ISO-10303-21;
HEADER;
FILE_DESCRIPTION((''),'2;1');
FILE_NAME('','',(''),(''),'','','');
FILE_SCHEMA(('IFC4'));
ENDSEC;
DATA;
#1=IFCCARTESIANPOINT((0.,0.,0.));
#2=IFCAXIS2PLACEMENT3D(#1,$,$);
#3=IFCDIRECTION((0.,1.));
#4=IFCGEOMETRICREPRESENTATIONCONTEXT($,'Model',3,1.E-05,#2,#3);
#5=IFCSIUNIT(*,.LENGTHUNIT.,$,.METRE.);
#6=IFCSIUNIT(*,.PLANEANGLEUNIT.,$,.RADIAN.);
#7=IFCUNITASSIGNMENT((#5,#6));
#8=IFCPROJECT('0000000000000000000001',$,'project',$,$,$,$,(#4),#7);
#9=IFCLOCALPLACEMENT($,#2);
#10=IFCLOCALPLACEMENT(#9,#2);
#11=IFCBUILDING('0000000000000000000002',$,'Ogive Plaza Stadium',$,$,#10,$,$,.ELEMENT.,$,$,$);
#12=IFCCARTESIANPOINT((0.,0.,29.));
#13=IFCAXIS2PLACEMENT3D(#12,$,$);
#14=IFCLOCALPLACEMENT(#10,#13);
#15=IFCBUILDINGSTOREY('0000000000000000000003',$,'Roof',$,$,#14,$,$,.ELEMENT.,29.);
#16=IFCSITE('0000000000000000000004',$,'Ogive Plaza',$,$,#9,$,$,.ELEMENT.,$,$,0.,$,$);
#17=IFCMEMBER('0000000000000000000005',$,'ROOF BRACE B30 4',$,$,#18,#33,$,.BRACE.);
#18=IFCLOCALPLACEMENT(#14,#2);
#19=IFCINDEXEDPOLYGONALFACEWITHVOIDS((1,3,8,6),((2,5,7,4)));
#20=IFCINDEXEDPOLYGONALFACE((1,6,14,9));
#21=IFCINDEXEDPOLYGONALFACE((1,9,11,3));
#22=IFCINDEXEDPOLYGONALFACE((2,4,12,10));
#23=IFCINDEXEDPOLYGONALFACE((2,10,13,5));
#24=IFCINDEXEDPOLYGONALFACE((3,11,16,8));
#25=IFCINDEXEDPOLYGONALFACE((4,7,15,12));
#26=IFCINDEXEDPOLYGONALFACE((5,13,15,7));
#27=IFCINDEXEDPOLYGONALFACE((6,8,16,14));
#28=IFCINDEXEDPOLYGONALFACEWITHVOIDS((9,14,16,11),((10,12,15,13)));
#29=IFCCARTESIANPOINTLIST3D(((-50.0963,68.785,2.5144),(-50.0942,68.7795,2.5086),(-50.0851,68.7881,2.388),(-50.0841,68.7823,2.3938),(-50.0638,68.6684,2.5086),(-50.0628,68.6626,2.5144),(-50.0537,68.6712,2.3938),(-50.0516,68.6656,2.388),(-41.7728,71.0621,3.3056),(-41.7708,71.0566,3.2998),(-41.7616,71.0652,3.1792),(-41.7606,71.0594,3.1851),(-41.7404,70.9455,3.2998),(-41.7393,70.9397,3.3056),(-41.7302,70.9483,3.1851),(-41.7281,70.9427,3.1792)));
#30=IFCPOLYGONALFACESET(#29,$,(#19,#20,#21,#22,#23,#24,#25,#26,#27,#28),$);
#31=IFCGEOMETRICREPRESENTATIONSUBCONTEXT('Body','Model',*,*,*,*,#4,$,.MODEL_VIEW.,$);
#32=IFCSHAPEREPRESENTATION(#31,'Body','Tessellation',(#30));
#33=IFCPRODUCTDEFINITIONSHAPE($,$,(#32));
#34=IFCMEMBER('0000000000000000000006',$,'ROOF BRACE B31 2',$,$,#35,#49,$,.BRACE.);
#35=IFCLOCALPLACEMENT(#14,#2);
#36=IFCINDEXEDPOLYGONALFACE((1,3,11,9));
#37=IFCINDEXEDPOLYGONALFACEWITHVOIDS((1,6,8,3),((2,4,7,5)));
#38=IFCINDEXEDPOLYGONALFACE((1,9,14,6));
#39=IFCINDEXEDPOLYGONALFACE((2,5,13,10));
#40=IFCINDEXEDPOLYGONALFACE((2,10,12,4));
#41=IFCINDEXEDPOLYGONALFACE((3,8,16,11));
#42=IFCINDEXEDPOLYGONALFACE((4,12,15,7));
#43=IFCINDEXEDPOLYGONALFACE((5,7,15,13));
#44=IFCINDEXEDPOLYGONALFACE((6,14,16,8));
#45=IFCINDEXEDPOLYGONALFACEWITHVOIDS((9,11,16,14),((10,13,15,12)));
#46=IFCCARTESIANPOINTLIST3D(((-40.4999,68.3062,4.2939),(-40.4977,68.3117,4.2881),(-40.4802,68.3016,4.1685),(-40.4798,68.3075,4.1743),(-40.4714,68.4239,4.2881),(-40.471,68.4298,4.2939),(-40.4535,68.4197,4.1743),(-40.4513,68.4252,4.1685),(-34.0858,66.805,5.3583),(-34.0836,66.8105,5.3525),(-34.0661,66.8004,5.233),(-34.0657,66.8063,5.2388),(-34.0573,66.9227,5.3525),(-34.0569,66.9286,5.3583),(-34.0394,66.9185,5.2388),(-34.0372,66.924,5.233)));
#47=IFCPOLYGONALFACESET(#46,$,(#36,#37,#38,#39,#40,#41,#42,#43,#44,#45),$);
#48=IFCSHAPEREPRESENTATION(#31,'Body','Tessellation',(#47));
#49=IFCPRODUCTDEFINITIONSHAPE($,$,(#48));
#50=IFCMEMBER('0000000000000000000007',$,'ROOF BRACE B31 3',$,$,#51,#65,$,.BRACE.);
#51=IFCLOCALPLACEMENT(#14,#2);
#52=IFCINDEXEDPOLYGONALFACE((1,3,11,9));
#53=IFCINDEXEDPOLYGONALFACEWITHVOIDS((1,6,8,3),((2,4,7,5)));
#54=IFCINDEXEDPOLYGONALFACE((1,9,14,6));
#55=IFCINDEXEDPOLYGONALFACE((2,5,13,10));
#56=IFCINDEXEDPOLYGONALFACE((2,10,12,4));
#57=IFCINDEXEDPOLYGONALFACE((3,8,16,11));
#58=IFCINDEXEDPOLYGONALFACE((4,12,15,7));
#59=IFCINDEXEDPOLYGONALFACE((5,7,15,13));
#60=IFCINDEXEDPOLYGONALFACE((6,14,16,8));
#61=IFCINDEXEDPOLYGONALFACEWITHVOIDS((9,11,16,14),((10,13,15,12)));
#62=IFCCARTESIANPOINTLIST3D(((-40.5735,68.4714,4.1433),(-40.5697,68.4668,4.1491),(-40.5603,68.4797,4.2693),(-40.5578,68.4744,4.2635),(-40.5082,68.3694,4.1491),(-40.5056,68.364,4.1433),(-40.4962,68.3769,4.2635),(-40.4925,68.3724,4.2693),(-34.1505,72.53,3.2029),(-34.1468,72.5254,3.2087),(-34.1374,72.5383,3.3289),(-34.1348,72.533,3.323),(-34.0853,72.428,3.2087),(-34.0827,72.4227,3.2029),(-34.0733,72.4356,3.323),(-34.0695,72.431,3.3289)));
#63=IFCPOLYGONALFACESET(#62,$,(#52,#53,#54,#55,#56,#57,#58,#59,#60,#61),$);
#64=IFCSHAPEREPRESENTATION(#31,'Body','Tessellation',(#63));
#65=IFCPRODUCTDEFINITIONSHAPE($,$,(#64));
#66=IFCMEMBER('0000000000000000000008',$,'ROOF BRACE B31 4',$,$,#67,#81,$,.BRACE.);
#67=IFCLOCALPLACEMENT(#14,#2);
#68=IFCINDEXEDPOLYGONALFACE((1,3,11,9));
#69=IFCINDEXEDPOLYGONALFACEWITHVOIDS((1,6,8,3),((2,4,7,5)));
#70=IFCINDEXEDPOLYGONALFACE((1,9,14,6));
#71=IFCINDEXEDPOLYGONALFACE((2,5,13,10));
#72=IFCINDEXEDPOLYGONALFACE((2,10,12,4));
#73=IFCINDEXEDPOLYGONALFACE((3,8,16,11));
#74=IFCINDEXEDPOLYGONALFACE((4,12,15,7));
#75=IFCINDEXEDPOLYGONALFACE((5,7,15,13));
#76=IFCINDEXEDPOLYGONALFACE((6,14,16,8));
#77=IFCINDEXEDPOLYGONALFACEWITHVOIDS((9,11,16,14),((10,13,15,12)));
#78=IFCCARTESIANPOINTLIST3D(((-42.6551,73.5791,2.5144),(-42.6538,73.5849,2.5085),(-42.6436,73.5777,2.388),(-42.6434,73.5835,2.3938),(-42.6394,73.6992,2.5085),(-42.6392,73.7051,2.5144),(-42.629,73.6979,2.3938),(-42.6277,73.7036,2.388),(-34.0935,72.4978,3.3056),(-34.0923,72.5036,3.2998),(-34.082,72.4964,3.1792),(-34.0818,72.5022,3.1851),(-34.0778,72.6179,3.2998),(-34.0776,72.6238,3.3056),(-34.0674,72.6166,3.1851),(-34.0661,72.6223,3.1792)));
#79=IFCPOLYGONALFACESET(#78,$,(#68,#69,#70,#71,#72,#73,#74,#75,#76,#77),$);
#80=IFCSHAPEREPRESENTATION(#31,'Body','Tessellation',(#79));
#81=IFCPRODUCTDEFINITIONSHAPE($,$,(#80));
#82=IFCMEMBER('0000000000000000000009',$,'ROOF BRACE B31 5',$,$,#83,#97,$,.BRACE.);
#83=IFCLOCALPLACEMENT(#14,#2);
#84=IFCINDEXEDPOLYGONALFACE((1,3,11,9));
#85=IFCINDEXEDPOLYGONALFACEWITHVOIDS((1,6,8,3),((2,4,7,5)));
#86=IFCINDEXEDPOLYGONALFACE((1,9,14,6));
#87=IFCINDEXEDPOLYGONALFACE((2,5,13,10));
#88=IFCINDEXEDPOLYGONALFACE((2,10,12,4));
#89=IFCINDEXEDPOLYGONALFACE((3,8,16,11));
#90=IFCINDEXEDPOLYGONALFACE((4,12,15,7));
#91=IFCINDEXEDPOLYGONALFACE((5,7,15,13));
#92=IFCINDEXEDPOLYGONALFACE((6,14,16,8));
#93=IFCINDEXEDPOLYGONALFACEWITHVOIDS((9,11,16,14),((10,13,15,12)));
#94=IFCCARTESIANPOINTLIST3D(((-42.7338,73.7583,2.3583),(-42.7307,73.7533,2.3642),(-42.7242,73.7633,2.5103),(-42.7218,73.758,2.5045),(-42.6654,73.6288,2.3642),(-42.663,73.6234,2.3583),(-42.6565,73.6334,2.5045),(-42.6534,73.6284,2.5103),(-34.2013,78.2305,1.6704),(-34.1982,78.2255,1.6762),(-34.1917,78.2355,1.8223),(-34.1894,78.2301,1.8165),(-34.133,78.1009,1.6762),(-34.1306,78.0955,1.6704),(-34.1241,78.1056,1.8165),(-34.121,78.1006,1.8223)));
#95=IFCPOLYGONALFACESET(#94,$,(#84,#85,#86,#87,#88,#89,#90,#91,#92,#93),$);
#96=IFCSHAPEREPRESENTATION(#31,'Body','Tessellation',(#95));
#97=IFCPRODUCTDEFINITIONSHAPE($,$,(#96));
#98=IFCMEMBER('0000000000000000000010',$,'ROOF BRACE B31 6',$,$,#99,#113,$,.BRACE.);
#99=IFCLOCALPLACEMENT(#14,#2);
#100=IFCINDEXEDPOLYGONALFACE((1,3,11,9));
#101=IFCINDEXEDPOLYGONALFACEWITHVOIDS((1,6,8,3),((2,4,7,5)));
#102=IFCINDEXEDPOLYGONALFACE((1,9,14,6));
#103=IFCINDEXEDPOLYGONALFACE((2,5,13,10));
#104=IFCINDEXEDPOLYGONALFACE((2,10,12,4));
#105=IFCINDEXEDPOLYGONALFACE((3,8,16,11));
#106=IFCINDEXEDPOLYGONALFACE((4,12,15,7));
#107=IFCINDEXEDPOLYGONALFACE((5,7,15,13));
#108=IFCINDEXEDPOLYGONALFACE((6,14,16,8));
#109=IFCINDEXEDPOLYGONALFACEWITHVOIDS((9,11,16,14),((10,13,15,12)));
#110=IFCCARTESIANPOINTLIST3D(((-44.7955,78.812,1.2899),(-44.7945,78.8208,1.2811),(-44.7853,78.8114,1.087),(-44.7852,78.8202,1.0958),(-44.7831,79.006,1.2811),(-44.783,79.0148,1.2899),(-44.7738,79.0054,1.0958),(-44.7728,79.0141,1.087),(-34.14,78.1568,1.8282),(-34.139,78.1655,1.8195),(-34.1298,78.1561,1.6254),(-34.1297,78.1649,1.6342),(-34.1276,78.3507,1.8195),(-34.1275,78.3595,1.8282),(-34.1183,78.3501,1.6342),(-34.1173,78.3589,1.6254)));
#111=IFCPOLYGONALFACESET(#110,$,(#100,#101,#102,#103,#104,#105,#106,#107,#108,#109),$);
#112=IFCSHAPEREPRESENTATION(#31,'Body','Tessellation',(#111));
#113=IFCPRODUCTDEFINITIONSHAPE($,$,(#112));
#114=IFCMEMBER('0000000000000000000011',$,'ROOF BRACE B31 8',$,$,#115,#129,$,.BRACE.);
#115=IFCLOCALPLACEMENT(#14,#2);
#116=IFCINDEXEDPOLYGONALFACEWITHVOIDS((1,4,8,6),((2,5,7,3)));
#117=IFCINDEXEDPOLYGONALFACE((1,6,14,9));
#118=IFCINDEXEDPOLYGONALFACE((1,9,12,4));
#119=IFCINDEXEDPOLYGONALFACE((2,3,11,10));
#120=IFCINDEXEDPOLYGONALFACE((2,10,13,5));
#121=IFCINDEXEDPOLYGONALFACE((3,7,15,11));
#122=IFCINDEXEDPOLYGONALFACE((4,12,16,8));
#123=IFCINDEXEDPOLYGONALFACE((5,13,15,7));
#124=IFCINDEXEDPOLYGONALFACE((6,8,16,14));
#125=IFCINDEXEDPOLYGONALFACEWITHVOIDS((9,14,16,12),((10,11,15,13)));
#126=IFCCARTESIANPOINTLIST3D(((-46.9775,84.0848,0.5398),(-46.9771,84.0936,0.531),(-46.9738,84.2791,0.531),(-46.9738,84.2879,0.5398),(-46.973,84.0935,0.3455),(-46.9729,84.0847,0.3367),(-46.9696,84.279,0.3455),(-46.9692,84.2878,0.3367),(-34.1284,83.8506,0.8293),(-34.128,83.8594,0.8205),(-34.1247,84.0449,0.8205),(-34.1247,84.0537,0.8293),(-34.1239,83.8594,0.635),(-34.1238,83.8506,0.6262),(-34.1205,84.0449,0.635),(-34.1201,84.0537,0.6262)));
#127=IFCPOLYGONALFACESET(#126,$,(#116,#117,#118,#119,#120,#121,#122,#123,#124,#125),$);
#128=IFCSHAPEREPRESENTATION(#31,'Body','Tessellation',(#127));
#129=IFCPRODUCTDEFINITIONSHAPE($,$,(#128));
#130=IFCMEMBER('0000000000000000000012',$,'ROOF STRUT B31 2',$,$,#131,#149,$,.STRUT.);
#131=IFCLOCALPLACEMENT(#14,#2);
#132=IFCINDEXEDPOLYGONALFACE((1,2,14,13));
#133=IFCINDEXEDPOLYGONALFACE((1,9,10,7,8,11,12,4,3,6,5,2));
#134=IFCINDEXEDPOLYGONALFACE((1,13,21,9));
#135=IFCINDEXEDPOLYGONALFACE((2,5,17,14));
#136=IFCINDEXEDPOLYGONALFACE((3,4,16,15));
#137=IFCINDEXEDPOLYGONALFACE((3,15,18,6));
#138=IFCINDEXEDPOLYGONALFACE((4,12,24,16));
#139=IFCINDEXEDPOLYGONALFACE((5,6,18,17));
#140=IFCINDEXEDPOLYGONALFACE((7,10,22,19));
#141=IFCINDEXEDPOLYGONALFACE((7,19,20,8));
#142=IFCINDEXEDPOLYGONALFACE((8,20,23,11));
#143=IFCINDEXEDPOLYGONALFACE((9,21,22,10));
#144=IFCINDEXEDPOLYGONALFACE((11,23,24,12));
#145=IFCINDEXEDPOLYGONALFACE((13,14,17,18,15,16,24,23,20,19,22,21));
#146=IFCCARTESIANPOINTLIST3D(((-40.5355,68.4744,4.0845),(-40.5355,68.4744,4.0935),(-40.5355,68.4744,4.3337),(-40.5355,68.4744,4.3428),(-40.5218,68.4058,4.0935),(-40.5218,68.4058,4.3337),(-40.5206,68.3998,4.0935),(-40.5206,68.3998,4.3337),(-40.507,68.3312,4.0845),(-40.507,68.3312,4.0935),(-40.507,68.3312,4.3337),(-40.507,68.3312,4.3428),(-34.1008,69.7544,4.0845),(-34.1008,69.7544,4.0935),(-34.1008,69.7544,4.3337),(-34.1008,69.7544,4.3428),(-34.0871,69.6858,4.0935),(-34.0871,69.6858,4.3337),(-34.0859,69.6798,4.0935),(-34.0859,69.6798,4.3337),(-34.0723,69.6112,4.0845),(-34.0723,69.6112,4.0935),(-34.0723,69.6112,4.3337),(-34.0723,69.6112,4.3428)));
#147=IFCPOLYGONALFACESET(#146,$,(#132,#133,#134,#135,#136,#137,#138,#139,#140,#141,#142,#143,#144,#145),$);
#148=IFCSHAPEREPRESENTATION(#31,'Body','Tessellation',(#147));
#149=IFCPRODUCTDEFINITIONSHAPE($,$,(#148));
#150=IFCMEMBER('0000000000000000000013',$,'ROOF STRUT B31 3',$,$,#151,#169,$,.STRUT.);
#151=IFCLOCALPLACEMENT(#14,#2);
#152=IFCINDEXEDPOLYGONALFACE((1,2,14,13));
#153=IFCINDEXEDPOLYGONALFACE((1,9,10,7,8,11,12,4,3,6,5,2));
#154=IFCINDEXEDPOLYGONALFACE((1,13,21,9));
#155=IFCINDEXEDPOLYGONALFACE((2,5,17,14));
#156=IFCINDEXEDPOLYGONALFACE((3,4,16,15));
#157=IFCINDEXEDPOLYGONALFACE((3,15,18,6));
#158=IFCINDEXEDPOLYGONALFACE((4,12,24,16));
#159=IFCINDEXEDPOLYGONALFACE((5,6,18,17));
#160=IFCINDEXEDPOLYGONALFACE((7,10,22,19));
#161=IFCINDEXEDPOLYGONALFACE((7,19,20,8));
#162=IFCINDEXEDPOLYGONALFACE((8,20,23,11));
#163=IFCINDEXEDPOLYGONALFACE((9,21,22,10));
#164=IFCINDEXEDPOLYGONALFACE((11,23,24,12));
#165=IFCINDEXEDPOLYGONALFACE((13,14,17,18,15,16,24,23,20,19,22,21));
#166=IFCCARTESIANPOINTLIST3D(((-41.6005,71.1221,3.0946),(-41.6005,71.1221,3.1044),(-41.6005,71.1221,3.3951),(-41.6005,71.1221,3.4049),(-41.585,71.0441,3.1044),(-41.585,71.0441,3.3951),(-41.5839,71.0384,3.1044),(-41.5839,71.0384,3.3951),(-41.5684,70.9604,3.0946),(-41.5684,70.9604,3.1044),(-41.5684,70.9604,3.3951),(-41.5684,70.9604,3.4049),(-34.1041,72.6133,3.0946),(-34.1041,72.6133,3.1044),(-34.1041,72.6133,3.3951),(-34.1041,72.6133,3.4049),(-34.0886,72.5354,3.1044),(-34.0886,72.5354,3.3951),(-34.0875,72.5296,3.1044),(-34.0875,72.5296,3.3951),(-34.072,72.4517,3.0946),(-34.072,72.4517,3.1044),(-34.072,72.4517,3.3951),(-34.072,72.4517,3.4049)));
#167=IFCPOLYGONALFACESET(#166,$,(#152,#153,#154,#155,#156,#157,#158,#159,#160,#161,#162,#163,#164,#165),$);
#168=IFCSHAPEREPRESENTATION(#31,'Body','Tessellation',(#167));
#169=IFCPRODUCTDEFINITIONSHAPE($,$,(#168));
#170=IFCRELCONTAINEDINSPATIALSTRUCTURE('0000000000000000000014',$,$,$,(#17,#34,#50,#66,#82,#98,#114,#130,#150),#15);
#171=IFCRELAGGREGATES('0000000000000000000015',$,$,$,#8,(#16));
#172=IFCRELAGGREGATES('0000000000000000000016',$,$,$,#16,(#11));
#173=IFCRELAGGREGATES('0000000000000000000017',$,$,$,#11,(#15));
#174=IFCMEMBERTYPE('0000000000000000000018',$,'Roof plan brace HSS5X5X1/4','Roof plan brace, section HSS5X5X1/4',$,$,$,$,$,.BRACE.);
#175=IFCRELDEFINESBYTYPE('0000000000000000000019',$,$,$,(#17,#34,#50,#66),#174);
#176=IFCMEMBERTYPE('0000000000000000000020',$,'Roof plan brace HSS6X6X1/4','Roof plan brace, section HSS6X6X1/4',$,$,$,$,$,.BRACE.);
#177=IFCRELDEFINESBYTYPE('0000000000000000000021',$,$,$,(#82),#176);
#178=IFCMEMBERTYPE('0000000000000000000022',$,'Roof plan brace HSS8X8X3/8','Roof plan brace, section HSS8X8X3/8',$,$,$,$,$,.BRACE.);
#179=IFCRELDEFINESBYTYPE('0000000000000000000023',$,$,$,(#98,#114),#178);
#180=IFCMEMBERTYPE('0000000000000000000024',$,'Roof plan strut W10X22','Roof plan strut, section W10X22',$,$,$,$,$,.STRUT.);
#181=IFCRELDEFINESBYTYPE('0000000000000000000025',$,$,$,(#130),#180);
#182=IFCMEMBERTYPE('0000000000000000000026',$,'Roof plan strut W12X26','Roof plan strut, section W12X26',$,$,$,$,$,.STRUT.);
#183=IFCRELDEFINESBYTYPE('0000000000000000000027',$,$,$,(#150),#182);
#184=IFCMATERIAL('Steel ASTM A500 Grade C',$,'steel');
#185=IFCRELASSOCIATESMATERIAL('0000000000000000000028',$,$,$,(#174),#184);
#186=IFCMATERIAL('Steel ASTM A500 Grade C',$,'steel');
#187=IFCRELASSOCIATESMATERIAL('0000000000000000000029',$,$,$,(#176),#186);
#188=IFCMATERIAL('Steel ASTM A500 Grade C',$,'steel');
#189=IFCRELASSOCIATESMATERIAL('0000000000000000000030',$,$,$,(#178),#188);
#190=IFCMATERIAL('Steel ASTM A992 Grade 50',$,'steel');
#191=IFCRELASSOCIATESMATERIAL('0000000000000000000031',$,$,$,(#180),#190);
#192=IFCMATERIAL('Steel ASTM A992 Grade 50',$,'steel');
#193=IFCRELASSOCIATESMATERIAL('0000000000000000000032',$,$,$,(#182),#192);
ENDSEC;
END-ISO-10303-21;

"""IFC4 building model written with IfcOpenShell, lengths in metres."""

from ifc_helpers import new_model, si_unit, direction, frame, origin, origin_2d, place, context, subcontext, project, spatial, hollow_rectangle, i_section, extrude, material, material_profile, profile_set, type_object, element, save


model = new_model("IFC4")

# Units and contexts
model_context = context("Model", 3, precision=1e-05, world=origin(), true_north=direction((0.0, 1.0)))
body_context = subcontext(model_context, "Body", "Model", "MODEL_VIEW")
ifc_project = project(units=[si_unit("LENGTHUNIT", "METRE"), si_unit("PLANEANGLEUNIT", "RADIAN")], contexts=[model_context])

# Site, building, storey
site_placement = place(None, origin())
site = spatial("IfcSite", under=ifc_project, at=site_placement, Name="Ogive Plaza", CompositionType="ELEMENT", RefElevation=0.0)
building_placement = place(site_placement, origin())
building = spatial("IfcBuilding", under=site, at=building_placement, Name="Ogive Plaza Stadium", CompositionType="ELEMENT")
storey_placement = place(building_placement, frame((0.0, 0.0, 29.0)))
storey = spatial("IfcBuildingStorey", under=building, at=storey_placement, Name="Roof", CompositionType="ELEMENT", Elevation=29.0)

# Members
ifc_material_1 = material(Name="Steel ASTM A500 Grade C", Category="steel")
ifc_material_profile_1 = material_profile(ifc_material_1, hollow_rectangle(XDim=0.127, YDim=0.127, WallThickness=0.0059, at=origin_2d()), Name="HSS5X5X1/4")
ifc_profile_set_1 = profile_set([ifc_material_profile_1], Name="Steel ASTM A500 Grade C")
member_type_1 = type_object("IfcMemberType", Name="Roof plan brace HSS5X5X1/4", Description="Roof plan brace, section HSS5X5X1/4", PredefinedType="BRACE", material=ifc_profile_set_1)
member_1_placement = place(storey_placement, frame((-41.7505, 71.0024, 3.2424), z_axis=(-0.960526, -0.262776, -0.091311), x_axis=(0.263879, -0.964556, 0.0)))
element("IfcMember", 1, at=member_1_placement, inside=storey, type_object=member_type_1, Name="ROOF BRACE B30 4", PredefinedType="BRACE", context=body_context, shape_type="SweptSolid", body=[
    extrude(hollow_rectangle(XDim=0.127, YDim=0.127, WallThickness=0.0059, at=origin_2d()), origin(), (0.0, 0.0, 1.0), 8.6655),
])
member_2_placement = place(storey_placement, frame((-34.0615, 66.8645, 5.2957), z_axis=(-0.961218, 0.224974, -0.15952), x_axis=(-0.227893, -0.973686, 0.0)))
element("IfcMember", 2, at=member_2_placement, inside=storey, type_object=member_type_1, Name="ROOF BRACE B31 2", PredefinedType="BRACE", context=body_context, shape_type="SweptSolid", body=[
    extrude(hollow_rectangle(XDim=0.127, YDim=0.127, WallThickness=0.0059, at=origin_2d()), origin(), (0.0, 0.0, 1.0), 6.6729),
])
member_3_placement = place(storey_placement, frame((-40.533, 68.4219, 4.2063), z_axis=(0.838964, 0.530141, -0.122841), x_axis=(-0.534186, 0.845367, 0.0)))
element("IfcMember", 3, at=member_3_placement, inside=storey, type_object=member_type_1, Name="ROOF BRACE B31 3", PredefinedType="BRACE", context=body_context, shape_type="SweptSolid", body=[
    extrude(hollow_rectangle(XDim=0.127, YDim=0.127, WallThickness=0.0059, at=origin_2d()), origin(), (0.0, 0.0, 1.0), 7.6558),
])
member_4_placement = place(storey_placement, frame((-34.0798, 72.5601, 3.2424), z_axis=(-0.987974, 0.124779, -0.091309), x_axis=(-0.125302, -0.992119, 0.0)))
element("IfcMember", 4, at=member_4_placement, inside=storey, type_object=member_type_1, Name="ROOF BRACE B31 4", PredefinedType="BRACE", context=body_context, shape_type="SweptSolid", body=[
    extrude(hollow_rectangle(XDim=0.127, YDim=0.127, WallThickness=0.0059, at=origin_2d()), origin(), (0.0, 0.0, 1.0), 8.6658),
])
ifc_material_2 = material(Name="Steel ASTM A500 Grade C", Category="steel")
ifc_material_profile_2 = material_profile(ifc_material_2, hollow_rectangle(XDim=0.1523, YDim=0.1523, WallThickness=0.0059, at=origin_2d()), Name="HSS6X6X1/4")
ifc_profile_set_2 = profile_set([ifc_material_profile_2], Name="Steel ASTM A500 Grade C")
member_type_2 = type_object("IfcMemberType", Name="Roof plan brace HSS6X6X1/4", Description="Roof plan brace, section HSS6X6X1/4", PredefinedType="BRACE", material=ifc_profile_set_2)
member_5_placement = place(storey_placement, frame((-42.6936, 73.6934, 2.4343), z_axis=(0.883463, 0.463054, -0.071235), x_axis=(-0.464233, 0.885713, 0.0)))
element("IfcMember", 5, at=member_5_placement, inside=storey, type_object=member_type_2, Name="ROOF BRACE B31 5", PredefinedType="BRACE", context=body_context, shape_type="SweptSolid", body=[
    extrude(hollow_rectangle(XDim=0.1523, YDim=0.1523, WallThickness=0.0059, at=origin_2d()), origin(), (0.0, 0.0, 1.0), 9.658),
])
ifc_material_3 = material(Name="Steel ASTM A500 Grade C", Category="steel")
ifc_material_profile_3 = material_profile(ifc_material_3, hollow_rectangle(XDim=0.2031, YDim=0.2031, WallThickness=0.0088, at=origin_2d()), Name="HSS8X8X3/8")
ifc_profile_set_3 = profile_set([ifc_material_profile_3], Name="Steel ASTM A500 Grade C")
member_type_3 = type_object("IfcMemberType", Name="Roof plan brace HSS8X8X3/8", Description="Roof plan brace, section HSS8X8X3/8", PredefinedType="BRACE", material=ifc_profile_set_3)
member_6_placement = place(storey_placement, frame((-34.1287, 78.2578, 1.7268), z_axis=(-0.996848, 0.061302, -0.050362), x_axis=(-0.06138, -0.998114, 0.0)))
element("IfcMember", 6, at=member_6_placement, inside=storey, type_object=member_type_3, Name="ROOF BRACE B31 6", PredefinedType="BRACE", context=body_context, shape_type="SweptSolid", body=[
    extrude(hollow_rectangle(XDim=0.2031, YDim=0.2031, WallThickness=0.0088, at=origin_2d()), origin(), (0.0, 0.0, 1.0), 10.6892),
])
member_7_placement = place(storey_placement, frame((-34.1243, 83.9521, 0.7278), z_axis=(-0.99958, 0.018214, -0.022525), x_axis=(-0.018219, -0.999834, 0.0)))
element("IfcMember", 7, at=member_7_placement, inside=storey, type_object=member_type_3, Name="ROOF BRACE B31 8", PredefinedType="BRACE", context=body_context, shape_type="SweptSolid", body=[
    extrude(hollow_rectangle(XDim=0.2031, YDim=0.2031, WallThickness=0.0088, at=origin_2d()), origin(), (0.0, 0.0, 1.0), 12.8545),
])
ifc_material_4 = material(Name="Steel ASTM A992 Grade 50", Category="steel")
ifc_material_profile_4 = material_profile(ifc_material_4, i_section(OverallWidth=0.146, OverallDepth=0.2583, WebThickness=0.0061, FlangeThickness=0.009, at=origin_2d()), Name="W10X22")
ifc_profile_set_4 = profile_set([ifc_material_profile_4], Name="Steel ASTM A992 Grade 50")
member_type_4 = type_object("IfcMemberType", Name="Roof plan strut W10X22", Description="Roof plan strut, section W10X22", PredefinedType="STRUT", material=ifc_profile_set_4)
member_8_placement = place(storey_placement, frame((-40.5212, 68.4028, 4.2136), z_axis=(0.980783, 0.1951, 0.0), x_axis=(-0.1951, 0.980783, 0.0)))
element("IfcMember", 8, at=member_8_placement, inside=storey, type_object=member_type_4, Name="ROOF STRUT B31 2", PredefinedType="STRUT", context=body_context, shape_type="SweptSolid", body=[
    extrude(i_section(OverallWidth=0.146, OverallDepth=0.2583, WebThickness=0.0061, FlangeThickness=0.009, at=origin_2d()), origin(), (0.0, 0.0, 1.0), 6.5608),
])
ifc_material_5 = material(Name="Steel ASTM A992 Grade 50", Category="steel")
ifc_material_profile_5 = material_profile(ifc_material_5, i_section(OverallWidth=0.1648, OverallDepth=0.3103, WebThickness=0.0059, FlangeThickness=0.0098, at=origin_2d()), Name="W12X26")
ifc_profile_set_5 = profile_set([ifc_material_profile_5], Name="Steel ASTM A992 Grade 50")
member_type_5 = type_object("IfcMemberType", Name="Roof plan strut W12X26", Description="Roof plan strut, section W12X26", PredefinedType="STRUT", material=ifc_profile_set_5)
member_9_placement = place(storey_placement, frame((-41.5845, 71.0413, 3.2498), z_axis=(0.980783, 0.195102, 0.0), x_axis=(-0.195102, 0.980783, 0.0)))
element("IfcMember", 9, at=member_9_placement, inside=storey, type_object=member_type_5, Name="ROOF STRUT B31 3", PredefinedType="STRUT", context=body_context, shape_type="SweptSolid", body=[
    extrude(i_section(OverallWidth=0.1648, OverallDepth=0.3103, WebThickness=0.0059, FlangeThickness=0.0098, at=origin_2d()), origin(), (0.0, 0.0, 1.0), 7.6433),
])

save(model, "model.ifc")
